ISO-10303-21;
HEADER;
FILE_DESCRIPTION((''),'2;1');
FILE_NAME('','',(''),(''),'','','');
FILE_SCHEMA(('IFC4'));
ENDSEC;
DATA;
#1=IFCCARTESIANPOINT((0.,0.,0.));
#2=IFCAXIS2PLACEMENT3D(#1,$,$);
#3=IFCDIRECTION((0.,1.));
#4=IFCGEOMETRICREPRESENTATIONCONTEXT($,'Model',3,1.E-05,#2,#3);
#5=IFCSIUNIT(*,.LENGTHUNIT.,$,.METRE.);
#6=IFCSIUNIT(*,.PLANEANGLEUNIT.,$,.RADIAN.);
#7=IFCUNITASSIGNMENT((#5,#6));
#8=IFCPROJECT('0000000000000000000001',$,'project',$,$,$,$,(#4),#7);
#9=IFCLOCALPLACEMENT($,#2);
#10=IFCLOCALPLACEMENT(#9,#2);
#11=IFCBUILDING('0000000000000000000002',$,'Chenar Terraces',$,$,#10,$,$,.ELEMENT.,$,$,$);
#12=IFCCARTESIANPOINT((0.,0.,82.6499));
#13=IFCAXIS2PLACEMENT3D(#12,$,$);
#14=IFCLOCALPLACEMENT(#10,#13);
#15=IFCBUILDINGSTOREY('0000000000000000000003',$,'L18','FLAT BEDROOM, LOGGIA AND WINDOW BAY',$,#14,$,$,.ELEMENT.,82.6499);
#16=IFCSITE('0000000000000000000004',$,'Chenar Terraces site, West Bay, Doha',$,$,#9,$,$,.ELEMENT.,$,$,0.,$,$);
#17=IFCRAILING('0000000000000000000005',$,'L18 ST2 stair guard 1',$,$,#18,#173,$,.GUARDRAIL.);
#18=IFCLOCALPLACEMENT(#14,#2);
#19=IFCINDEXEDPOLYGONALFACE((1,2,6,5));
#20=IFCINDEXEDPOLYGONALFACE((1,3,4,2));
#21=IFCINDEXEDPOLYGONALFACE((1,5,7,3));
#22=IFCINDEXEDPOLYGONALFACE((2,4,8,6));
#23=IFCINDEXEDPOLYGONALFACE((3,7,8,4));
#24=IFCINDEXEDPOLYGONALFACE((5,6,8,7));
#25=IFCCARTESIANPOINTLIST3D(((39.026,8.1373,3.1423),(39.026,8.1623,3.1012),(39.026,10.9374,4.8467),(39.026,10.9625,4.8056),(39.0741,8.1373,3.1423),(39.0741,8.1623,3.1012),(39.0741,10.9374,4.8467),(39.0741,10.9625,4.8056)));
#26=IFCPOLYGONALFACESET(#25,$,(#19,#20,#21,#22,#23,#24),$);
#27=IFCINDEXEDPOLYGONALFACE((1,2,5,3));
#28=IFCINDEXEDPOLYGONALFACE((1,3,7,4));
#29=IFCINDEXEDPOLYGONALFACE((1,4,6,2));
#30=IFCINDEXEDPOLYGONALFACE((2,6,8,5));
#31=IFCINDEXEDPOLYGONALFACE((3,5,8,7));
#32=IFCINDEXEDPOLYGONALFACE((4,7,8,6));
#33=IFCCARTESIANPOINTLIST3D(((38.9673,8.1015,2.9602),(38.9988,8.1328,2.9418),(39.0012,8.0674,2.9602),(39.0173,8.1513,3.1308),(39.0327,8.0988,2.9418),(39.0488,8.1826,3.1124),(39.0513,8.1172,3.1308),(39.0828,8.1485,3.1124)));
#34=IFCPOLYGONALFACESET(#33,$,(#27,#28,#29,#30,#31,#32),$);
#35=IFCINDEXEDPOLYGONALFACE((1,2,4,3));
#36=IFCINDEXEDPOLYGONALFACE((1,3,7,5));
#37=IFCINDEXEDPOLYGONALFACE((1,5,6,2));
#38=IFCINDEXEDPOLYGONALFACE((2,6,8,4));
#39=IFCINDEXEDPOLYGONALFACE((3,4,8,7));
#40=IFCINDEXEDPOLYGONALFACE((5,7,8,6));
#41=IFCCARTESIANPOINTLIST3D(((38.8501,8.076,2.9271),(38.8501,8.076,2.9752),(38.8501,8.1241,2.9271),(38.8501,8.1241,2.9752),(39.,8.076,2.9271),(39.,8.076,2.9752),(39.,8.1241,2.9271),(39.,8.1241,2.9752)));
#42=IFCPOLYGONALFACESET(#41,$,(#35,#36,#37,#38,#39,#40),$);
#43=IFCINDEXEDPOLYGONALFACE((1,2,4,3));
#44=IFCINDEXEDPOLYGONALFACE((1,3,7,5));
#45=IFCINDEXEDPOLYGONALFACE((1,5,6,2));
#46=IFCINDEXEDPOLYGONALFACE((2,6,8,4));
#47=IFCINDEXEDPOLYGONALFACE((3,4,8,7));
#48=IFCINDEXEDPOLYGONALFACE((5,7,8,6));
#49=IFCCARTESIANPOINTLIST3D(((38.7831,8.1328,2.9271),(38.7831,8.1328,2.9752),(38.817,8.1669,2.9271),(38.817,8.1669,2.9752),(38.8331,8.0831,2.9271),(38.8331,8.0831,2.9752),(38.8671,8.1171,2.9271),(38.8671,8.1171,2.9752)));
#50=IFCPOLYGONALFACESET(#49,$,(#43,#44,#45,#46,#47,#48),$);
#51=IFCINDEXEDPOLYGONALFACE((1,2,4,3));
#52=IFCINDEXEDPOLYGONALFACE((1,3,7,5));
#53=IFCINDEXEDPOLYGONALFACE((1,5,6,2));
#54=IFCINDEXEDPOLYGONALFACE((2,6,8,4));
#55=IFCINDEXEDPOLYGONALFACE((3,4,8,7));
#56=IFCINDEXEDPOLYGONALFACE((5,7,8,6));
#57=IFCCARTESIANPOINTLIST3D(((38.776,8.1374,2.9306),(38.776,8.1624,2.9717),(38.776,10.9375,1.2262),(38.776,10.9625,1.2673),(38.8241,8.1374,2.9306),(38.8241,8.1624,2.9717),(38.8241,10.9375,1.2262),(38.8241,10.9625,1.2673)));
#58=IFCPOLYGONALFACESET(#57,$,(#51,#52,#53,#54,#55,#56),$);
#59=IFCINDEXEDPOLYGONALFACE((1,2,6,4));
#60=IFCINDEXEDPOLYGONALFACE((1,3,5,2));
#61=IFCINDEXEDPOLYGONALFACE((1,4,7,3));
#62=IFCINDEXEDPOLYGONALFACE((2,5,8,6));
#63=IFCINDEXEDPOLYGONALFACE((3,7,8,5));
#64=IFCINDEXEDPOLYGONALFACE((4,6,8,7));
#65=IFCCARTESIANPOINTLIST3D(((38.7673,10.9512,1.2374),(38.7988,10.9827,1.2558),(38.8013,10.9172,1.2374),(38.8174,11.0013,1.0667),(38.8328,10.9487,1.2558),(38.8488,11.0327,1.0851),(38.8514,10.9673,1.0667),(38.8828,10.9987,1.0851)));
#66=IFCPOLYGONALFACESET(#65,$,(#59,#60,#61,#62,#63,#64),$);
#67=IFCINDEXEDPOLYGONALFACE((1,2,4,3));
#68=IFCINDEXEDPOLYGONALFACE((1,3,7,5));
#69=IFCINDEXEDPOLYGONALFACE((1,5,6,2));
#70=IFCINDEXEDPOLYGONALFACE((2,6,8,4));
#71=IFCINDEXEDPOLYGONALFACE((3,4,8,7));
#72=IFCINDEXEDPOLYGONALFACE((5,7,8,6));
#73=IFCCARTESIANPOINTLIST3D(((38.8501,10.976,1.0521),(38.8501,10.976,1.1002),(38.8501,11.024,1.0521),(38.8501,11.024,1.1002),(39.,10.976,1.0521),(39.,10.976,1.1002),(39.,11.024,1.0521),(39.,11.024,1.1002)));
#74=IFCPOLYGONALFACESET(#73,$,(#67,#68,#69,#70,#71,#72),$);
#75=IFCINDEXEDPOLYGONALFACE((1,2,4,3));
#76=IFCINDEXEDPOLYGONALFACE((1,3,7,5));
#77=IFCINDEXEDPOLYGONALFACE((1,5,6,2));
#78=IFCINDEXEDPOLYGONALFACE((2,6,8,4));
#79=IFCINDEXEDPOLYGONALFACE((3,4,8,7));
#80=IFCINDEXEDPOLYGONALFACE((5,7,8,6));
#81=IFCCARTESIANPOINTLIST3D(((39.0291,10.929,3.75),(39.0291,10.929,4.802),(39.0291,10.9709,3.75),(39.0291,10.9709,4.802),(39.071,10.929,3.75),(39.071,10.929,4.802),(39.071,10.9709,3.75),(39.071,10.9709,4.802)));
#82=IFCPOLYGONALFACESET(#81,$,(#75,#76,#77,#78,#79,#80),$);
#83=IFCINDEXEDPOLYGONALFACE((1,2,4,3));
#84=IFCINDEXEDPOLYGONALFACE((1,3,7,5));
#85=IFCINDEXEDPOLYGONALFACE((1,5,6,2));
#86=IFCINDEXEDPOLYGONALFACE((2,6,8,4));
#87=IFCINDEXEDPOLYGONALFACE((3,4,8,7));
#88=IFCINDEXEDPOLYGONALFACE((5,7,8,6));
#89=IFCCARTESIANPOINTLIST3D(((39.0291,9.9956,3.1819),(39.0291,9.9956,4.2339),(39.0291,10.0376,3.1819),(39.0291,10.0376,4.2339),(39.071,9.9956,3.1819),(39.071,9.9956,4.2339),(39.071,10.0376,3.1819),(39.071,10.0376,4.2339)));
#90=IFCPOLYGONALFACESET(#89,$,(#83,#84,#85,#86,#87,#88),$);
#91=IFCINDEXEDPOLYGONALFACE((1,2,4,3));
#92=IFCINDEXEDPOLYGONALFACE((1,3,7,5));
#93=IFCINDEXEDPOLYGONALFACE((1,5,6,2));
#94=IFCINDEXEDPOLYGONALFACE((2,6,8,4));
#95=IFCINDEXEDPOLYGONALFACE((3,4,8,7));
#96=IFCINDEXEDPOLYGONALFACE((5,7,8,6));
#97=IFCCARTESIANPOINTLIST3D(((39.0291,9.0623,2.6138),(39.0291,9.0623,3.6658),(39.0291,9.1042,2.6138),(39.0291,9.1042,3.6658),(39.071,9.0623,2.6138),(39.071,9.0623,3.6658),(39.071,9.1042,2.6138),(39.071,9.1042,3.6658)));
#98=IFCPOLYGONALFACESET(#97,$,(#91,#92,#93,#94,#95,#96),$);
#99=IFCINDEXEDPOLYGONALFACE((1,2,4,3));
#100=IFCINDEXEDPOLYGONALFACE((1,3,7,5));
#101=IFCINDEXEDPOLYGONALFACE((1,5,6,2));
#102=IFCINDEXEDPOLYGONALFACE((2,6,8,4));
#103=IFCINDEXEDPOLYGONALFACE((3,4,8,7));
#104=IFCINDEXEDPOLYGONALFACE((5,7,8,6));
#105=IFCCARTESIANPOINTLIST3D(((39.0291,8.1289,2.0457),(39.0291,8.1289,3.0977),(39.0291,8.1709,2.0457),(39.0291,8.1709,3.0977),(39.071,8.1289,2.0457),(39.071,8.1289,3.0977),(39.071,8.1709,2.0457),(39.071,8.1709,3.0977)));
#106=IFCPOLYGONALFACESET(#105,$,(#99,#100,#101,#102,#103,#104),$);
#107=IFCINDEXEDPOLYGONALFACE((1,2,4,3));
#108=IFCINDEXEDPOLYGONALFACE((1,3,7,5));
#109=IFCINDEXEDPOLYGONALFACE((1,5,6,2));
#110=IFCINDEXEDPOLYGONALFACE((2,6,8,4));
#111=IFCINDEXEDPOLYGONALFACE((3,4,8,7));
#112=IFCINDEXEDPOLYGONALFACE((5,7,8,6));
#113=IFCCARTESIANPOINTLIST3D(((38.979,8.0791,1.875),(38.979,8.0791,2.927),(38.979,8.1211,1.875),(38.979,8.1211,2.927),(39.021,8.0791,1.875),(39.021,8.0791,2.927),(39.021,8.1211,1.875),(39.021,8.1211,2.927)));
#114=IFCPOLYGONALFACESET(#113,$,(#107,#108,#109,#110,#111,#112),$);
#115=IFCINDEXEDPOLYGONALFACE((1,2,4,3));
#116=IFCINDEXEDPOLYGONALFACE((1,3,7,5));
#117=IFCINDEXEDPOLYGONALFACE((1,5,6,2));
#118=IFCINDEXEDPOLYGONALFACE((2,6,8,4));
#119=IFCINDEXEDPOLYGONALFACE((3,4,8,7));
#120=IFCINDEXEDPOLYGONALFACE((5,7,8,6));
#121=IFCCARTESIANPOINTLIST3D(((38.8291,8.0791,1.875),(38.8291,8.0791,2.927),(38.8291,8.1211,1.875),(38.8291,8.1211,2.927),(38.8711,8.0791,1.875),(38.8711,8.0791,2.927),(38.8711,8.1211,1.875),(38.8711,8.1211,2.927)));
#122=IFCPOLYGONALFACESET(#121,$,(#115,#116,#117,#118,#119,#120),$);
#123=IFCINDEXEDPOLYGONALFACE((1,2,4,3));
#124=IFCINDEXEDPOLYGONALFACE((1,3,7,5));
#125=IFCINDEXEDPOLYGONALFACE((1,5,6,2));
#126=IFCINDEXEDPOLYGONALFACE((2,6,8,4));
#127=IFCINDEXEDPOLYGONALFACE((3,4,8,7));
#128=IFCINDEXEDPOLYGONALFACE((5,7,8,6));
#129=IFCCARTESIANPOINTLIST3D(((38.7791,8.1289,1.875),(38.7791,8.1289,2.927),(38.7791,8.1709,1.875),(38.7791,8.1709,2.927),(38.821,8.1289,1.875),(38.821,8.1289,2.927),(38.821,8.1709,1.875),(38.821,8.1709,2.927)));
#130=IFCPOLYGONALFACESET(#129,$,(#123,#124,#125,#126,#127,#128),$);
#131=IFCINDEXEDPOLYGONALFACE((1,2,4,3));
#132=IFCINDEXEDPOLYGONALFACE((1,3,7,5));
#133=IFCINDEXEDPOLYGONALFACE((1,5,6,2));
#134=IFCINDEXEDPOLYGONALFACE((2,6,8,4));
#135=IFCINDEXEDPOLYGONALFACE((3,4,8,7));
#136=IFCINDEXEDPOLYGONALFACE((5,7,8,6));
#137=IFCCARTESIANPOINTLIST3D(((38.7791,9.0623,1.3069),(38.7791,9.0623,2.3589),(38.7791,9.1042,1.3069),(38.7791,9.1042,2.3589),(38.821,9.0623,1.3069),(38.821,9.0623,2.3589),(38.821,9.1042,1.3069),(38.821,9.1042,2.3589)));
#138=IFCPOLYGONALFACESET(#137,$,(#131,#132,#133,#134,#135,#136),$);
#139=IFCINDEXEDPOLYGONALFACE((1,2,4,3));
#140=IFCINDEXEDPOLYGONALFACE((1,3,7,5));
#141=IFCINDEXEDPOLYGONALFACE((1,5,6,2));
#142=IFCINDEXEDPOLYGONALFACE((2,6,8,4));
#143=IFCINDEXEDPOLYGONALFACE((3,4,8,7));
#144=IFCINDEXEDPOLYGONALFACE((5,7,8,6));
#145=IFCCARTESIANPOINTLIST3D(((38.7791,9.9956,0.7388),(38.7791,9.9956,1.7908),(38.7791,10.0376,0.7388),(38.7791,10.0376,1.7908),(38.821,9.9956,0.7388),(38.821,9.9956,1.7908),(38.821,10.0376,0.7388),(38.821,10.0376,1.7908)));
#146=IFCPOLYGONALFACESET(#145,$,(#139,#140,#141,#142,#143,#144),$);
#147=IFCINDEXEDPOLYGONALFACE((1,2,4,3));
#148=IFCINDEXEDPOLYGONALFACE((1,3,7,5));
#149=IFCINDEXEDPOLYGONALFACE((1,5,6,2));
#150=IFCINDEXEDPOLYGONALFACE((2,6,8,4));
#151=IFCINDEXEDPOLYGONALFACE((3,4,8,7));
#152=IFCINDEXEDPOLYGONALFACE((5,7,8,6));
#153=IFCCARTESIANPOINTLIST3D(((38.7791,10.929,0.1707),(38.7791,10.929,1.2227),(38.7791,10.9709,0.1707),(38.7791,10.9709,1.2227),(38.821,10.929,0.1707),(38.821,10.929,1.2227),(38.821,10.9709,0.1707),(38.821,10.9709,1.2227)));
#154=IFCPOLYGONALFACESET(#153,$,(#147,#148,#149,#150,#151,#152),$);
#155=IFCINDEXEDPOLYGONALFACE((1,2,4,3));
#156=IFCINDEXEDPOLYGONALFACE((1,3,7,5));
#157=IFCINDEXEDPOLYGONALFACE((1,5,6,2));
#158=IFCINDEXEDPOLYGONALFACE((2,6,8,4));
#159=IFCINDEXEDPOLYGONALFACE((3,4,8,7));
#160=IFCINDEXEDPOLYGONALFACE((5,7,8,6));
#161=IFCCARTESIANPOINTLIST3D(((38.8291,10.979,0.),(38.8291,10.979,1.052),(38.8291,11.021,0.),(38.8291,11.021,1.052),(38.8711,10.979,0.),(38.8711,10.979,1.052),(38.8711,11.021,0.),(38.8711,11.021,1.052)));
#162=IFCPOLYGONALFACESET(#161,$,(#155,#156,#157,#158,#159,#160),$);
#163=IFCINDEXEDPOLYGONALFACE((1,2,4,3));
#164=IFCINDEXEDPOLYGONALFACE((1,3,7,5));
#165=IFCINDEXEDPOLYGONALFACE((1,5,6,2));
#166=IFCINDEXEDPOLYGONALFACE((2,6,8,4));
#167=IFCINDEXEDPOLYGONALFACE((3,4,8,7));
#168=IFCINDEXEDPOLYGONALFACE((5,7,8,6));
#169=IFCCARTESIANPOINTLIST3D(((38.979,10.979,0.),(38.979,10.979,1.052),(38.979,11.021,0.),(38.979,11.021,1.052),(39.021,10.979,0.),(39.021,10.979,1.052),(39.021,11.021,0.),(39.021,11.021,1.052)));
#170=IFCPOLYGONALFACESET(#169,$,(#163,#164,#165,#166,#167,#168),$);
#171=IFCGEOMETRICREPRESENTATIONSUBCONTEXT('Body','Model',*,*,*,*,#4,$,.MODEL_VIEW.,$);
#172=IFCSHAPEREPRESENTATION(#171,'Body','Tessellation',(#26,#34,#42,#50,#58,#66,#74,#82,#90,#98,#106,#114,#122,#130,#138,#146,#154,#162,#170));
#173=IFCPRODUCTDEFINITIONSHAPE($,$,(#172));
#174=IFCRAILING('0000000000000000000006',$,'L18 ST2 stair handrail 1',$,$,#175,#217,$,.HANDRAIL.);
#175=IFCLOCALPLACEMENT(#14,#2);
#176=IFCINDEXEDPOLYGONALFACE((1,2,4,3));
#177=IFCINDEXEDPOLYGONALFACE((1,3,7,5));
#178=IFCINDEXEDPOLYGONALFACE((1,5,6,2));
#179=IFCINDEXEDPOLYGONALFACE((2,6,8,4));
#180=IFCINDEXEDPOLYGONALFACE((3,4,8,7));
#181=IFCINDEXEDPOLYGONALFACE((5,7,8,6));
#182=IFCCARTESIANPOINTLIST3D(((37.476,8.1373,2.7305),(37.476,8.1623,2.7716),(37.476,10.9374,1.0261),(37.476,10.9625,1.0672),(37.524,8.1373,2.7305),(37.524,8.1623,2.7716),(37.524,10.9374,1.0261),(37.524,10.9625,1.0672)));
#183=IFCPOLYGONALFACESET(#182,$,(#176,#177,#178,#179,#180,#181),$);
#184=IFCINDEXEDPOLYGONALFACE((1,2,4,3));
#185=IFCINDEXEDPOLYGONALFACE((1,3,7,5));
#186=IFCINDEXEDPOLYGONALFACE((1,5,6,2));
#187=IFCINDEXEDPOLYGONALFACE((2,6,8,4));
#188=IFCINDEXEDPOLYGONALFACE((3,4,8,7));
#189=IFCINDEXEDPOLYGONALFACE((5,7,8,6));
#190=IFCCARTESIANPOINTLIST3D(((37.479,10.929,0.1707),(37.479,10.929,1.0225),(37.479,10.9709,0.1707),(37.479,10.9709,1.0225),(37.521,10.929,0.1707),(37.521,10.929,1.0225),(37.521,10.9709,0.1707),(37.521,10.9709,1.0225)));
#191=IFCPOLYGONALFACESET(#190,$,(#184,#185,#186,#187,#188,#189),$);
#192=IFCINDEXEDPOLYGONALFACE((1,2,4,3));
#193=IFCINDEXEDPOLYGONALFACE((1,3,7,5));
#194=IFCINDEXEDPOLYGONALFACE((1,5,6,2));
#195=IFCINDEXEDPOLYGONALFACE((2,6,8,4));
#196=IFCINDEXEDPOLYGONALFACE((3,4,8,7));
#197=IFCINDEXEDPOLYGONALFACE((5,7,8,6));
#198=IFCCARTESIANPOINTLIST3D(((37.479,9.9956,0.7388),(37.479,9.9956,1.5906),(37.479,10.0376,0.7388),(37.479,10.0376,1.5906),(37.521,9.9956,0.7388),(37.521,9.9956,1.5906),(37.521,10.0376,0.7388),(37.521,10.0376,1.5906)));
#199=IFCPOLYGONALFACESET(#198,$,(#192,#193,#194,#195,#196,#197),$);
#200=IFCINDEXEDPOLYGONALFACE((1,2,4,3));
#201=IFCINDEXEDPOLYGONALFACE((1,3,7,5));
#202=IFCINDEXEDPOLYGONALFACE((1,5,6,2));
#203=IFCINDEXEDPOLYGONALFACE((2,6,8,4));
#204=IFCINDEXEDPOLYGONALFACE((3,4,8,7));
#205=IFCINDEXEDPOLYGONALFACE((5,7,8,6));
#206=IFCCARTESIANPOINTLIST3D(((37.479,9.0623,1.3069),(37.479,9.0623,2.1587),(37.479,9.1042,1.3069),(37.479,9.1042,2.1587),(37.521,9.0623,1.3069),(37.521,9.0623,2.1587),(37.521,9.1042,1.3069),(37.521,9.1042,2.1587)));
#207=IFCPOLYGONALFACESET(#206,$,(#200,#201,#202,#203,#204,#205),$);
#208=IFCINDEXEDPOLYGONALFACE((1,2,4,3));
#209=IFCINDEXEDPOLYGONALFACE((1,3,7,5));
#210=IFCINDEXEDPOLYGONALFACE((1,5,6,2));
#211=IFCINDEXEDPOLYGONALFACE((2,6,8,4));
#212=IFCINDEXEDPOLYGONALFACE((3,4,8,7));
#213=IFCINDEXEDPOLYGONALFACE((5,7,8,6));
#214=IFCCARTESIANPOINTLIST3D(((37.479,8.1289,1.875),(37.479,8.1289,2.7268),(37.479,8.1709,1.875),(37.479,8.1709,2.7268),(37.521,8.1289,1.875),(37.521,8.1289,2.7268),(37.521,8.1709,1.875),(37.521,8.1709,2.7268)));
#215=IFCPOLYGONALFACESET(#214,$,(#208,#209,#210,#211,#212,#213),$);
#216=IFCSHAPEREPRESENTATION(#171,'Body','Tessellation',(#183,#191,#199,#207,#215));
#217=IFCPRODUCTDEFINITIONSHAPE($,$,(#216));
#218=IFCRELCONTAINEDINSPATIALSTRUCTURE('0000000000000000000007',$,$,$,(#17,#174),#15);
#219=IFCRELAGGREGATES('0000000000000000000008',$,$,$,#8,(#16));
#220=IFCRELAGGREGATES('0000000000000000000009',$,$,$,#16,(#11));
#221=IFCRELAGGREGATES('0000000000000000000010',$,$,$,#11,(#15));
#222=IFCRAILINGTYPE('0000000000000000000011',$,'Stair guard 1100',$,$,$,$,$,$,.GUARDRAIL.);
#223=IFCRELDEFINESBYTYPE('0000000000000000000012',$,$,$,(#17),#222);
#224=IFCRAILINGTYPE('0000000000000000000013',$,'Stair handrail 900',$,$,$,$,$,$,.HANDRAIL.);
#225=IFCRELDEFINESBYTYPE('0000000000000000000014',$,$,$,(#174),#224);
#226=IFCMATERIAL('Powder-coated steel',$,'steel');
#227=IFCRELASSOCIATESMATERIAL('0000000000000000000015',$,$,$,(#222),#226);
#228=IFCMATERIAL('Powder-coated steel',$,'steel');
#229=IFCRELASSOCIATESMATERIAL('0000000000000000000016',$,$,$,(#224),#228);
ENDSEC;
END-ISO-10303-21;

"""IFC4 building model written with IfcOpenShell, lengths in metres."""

from ifc_helpers import new_model, si_unit, direction, frame, origin, origin_2d, place, context, subcontext, project, spatial, rectangle, extrude, material, type_object, element, save


model = new_model("IFC4")

# Units and contexts
model_context = context("Model", 3, precision=1e-05, world=origin(), true_north=direction((0.0, 1.0)))
body_context = subcontext(model_context, "Body", "Model", "MODEL_VIEW")
ifc_project = project(units=[si_unit("LENGTHUNIT", "METRE"), si_unit("PLANEANGLEUNIT", "RADIAN")], contexts=[model_context])

# Site, building, storey
site_placement = place(None, origin())
site = spatial("IfcSite", under=ifc_project, at=site_placement, Name="Chenar Terraces site, West Bay, Doha", CompositionType="ELEMENT", RefElevation=0.0)
building_placement = place(site_placement, origin())
building = spatial("IfcBuilding", under=site, at=building_placement, Name="Chenar Terraces", CompositionType="ELEMENT")
storey_placement = place(building_placement, frame((0.0, 0.0, 82.6499)))
storey = spatial("IfcBuildingStorey", under=building, at=storey_placement, Name="L18", Description="FLAT BEDROOM, LOGGIA AND WINDOW BAY", CompositionType="ELEMENT", Elevation=82.6499)

# Railings
ifc_material_1 = material(Name="Powder-coated steel", Category="steel")
railing_type_1 = type_object("IfcRailingType", Name="Stair guard 1100", PredefinedType="GUARDRAIL", material=ifc_material_1)
railing_1_placement = place(storey_placement, frame((39.05, 10.95, 3.75)))
element("IfcRailing", 1, at=railing_1_placement, inside=storey, type_object=railing_type_1, Name="L18 ST2 stair guard 1", PredefinedType="GUARDRAIL", context=body_context, shape_type="SweptSolid", body=[
    extrude(rectangle(XDim=0.0481, YDim=0.0481, at=origin_2d()), frame((0.0, 0.0, 1.0762), z_axis=(0.0, -0.854203, -0.51994), x_axis=(1.0, 0.0, 0.0)), (0.0, 0.0, 1.0), 3.2781),
    extrude(rectangle(XDim=0.0481, YDim=0.0481, at=origin_2d()), frame((0.0, -2.8, -0.6284), z_axis=(-0.270997, -0.269675, -0.924033), x_axis=(0.705376, -0.708834, 0.0)), (0.0, 0.0, 1.0), 0.1846),
    extrude(rectangle(XDim=0.0481, YDim=0.0481, at=origin_2d()), frame((-0.05, -2.8499, -0.7988), z_axis=(-1.0, 0.0, 0.0), x_axis=(0.0, -1.0, 0.0)), (0.0, 0.0, 1.0), 0.1499),
    extrude(rectangle(XDim=0.0481, YDim=0.0481, at=origin_2d()), frame((-0.2, -2.8499, -0.7988), z_axis=(-0.708834, 0.705376, 0.0), x_axis=(-0.705376, -0.708834, 0.0)), (0.0, 0.0, 1.0), 0.0706),
    extrude(rectangle(XDim=0.0481, YDim=0.0481, at=origin_2d()), frame((-0.25, -2.8, -0.7988), z_axis=(0.0, 0.854203, -0.51994), x_axis=(-1.0, 0.0, 0.0)), (0.0, 0.0, 1.0), 3.2781),
    extrude(rectangle(XDim=0.0481, YDim=0.0481, at=origin_2d()), frame((-0.25, 0.0, -2.5034), z_axis=(0.2709, 0.2709, -0.923703), x_axis=(-0.707107, 0.707107, 0.0)), (0.0, 0.0, 1.0), 0.1848),
    extrude(rectangle(XDim=0.0481, YDim=0.0481, at=origin_2d()), frame((-0.2, 0.05, -2.6738), z_axis=(1.0, 0.0, 0.0), x_axis=(0.0, 1.0, 0.0)), (0.0, 0.0, 1.0), 0.1499),
    extrude(rectangle(XDim=0.042, YDim=0.042, at=origin_2d()), origin(), (0.0, 0.0, 1.0), 1.052),
    extrude(rectangle(XDim=0.042, YDim=0.042, at=origin_2d()), frame((0.0, -0.9333, -0.5681)), (0.0, 0.0, 1.0), 1.052),
    extrude(rectangle(XDim=0.042, YDim=0.042, at=origin_2d()), frame((0.0, -1.8667, -1.1362)), (0.0, 0.0, 1.0), 1.052),
    extrude(rectangle(XDim=0.042, YDim=0.042, at=origin_2d()), frame((0.0, -2.8, -1.7043)), (0.0, 0.0, 1.0), 1.052),
    extrude(rectangle(XDim=0.042, YDim=0.042, at=origin_2d()), frame((-0.05, -2.8499, -1.875)), (0.0, 0.0, 1.0), 1.052),
    extrude(rectangle(XDim=0.042, YDim=0.042, at=origin_2d()), frame((-0.2, -2.8499, -1.875)), (0.0, 0.0, 1.0), 1.052),
    extrude(rectangle(XDim=0.042, YDim=0.042, at=origin_2d()), frame((-0.25, -2.8, -1.875)), (0.0, 0.0, 1.0), 1.052),
    extrude(rectangle(XDim=0.042, YDim=0.042, at=origin_2d()), frame((-0.25, -1.8667, -2.4431)), (0.0, 0.0, 1.0), 1.052),
    extrude(rectangle(XDim=0.042, YDim=0.042, at=origin_2d()), frame((-0.25, -0.9333, -3.0112)), (0.0, 0.0, 1.0), 1.052),
    extrude(rectangle(XDim=0.042, YDim=0.042, at=origin_2d()), frame((-0.25, 0.0, -3.5793)), (0.0, 0.0, 1.0), 1.052),
    extrude(rectangle(XDim=0.042, YDim=0.042, at=origin_2d()), frame((-0.2, 0.05, -3.75)), (0.0, 0.0, 1.0), 1.052),
    extrude(rectangle(XDim=0.042, YDim=0.042, at=origin_2d()), frame((-0.05, 0.05, -3.75)), (0.0, 0.0, 1.0), 1.052),
])
ifc_material_2 = material(Name="Powder-coated steel", Category="steel")
railing_type_2 = type_object("IfcRailingType", Name="Stair handrail 900", PredefinedType="HANDRAIL", material=ifc_material_2)
railing_2_placement = place(storey_placement, frame((37.5, 10.95, 0.1707)))
element("IfcRailing", 2, at=railing_2_placement, inside=storey, type_object=railing_type_2, Name="L18 ST2 stair handrail 1", PredefinedType="HANDRAIL", context=body_context, shape_type="SweptSolid", body=[
    extrude(rectangle(XDim=0.0481, YDim=0.0481, at=origin_2d()), frame((0.0, 0.0, 0.876), z_axis=(0.0, -0.854203, 0.51994), x_axis=(1.0, 0.0, 0.0)), (0.0, 0.0, 1.0), 3.2781),
    extrude(rectangle(XDim=0.042, YDim=0.042, at=origin_2d()), origin(), (0.0, 0.0, 1.0), 0.8518),
    extrude(rectangle(XDim=0.042, YDim=0.042, at=origin_2d()), frame((0.0, -0.9333, 0.5681)), (0.0, 0.0, 1.0), 0.8518),
    extrude(rectangle(XDim=0.042, YDim=0.042, at=origin_2d()), frame((0.0, -1.8667, 1.1362)), (0.0, 0.0, 1.0), 0.8518),
    extrude(rectangle(XDim=0.042, YDim=0.042, at=origin_2d()), frame((0.0, -2.8, 1.7043)), (0.0, 0.0, 1.0), 0.8518),
])

save(model, "model.ifc")
